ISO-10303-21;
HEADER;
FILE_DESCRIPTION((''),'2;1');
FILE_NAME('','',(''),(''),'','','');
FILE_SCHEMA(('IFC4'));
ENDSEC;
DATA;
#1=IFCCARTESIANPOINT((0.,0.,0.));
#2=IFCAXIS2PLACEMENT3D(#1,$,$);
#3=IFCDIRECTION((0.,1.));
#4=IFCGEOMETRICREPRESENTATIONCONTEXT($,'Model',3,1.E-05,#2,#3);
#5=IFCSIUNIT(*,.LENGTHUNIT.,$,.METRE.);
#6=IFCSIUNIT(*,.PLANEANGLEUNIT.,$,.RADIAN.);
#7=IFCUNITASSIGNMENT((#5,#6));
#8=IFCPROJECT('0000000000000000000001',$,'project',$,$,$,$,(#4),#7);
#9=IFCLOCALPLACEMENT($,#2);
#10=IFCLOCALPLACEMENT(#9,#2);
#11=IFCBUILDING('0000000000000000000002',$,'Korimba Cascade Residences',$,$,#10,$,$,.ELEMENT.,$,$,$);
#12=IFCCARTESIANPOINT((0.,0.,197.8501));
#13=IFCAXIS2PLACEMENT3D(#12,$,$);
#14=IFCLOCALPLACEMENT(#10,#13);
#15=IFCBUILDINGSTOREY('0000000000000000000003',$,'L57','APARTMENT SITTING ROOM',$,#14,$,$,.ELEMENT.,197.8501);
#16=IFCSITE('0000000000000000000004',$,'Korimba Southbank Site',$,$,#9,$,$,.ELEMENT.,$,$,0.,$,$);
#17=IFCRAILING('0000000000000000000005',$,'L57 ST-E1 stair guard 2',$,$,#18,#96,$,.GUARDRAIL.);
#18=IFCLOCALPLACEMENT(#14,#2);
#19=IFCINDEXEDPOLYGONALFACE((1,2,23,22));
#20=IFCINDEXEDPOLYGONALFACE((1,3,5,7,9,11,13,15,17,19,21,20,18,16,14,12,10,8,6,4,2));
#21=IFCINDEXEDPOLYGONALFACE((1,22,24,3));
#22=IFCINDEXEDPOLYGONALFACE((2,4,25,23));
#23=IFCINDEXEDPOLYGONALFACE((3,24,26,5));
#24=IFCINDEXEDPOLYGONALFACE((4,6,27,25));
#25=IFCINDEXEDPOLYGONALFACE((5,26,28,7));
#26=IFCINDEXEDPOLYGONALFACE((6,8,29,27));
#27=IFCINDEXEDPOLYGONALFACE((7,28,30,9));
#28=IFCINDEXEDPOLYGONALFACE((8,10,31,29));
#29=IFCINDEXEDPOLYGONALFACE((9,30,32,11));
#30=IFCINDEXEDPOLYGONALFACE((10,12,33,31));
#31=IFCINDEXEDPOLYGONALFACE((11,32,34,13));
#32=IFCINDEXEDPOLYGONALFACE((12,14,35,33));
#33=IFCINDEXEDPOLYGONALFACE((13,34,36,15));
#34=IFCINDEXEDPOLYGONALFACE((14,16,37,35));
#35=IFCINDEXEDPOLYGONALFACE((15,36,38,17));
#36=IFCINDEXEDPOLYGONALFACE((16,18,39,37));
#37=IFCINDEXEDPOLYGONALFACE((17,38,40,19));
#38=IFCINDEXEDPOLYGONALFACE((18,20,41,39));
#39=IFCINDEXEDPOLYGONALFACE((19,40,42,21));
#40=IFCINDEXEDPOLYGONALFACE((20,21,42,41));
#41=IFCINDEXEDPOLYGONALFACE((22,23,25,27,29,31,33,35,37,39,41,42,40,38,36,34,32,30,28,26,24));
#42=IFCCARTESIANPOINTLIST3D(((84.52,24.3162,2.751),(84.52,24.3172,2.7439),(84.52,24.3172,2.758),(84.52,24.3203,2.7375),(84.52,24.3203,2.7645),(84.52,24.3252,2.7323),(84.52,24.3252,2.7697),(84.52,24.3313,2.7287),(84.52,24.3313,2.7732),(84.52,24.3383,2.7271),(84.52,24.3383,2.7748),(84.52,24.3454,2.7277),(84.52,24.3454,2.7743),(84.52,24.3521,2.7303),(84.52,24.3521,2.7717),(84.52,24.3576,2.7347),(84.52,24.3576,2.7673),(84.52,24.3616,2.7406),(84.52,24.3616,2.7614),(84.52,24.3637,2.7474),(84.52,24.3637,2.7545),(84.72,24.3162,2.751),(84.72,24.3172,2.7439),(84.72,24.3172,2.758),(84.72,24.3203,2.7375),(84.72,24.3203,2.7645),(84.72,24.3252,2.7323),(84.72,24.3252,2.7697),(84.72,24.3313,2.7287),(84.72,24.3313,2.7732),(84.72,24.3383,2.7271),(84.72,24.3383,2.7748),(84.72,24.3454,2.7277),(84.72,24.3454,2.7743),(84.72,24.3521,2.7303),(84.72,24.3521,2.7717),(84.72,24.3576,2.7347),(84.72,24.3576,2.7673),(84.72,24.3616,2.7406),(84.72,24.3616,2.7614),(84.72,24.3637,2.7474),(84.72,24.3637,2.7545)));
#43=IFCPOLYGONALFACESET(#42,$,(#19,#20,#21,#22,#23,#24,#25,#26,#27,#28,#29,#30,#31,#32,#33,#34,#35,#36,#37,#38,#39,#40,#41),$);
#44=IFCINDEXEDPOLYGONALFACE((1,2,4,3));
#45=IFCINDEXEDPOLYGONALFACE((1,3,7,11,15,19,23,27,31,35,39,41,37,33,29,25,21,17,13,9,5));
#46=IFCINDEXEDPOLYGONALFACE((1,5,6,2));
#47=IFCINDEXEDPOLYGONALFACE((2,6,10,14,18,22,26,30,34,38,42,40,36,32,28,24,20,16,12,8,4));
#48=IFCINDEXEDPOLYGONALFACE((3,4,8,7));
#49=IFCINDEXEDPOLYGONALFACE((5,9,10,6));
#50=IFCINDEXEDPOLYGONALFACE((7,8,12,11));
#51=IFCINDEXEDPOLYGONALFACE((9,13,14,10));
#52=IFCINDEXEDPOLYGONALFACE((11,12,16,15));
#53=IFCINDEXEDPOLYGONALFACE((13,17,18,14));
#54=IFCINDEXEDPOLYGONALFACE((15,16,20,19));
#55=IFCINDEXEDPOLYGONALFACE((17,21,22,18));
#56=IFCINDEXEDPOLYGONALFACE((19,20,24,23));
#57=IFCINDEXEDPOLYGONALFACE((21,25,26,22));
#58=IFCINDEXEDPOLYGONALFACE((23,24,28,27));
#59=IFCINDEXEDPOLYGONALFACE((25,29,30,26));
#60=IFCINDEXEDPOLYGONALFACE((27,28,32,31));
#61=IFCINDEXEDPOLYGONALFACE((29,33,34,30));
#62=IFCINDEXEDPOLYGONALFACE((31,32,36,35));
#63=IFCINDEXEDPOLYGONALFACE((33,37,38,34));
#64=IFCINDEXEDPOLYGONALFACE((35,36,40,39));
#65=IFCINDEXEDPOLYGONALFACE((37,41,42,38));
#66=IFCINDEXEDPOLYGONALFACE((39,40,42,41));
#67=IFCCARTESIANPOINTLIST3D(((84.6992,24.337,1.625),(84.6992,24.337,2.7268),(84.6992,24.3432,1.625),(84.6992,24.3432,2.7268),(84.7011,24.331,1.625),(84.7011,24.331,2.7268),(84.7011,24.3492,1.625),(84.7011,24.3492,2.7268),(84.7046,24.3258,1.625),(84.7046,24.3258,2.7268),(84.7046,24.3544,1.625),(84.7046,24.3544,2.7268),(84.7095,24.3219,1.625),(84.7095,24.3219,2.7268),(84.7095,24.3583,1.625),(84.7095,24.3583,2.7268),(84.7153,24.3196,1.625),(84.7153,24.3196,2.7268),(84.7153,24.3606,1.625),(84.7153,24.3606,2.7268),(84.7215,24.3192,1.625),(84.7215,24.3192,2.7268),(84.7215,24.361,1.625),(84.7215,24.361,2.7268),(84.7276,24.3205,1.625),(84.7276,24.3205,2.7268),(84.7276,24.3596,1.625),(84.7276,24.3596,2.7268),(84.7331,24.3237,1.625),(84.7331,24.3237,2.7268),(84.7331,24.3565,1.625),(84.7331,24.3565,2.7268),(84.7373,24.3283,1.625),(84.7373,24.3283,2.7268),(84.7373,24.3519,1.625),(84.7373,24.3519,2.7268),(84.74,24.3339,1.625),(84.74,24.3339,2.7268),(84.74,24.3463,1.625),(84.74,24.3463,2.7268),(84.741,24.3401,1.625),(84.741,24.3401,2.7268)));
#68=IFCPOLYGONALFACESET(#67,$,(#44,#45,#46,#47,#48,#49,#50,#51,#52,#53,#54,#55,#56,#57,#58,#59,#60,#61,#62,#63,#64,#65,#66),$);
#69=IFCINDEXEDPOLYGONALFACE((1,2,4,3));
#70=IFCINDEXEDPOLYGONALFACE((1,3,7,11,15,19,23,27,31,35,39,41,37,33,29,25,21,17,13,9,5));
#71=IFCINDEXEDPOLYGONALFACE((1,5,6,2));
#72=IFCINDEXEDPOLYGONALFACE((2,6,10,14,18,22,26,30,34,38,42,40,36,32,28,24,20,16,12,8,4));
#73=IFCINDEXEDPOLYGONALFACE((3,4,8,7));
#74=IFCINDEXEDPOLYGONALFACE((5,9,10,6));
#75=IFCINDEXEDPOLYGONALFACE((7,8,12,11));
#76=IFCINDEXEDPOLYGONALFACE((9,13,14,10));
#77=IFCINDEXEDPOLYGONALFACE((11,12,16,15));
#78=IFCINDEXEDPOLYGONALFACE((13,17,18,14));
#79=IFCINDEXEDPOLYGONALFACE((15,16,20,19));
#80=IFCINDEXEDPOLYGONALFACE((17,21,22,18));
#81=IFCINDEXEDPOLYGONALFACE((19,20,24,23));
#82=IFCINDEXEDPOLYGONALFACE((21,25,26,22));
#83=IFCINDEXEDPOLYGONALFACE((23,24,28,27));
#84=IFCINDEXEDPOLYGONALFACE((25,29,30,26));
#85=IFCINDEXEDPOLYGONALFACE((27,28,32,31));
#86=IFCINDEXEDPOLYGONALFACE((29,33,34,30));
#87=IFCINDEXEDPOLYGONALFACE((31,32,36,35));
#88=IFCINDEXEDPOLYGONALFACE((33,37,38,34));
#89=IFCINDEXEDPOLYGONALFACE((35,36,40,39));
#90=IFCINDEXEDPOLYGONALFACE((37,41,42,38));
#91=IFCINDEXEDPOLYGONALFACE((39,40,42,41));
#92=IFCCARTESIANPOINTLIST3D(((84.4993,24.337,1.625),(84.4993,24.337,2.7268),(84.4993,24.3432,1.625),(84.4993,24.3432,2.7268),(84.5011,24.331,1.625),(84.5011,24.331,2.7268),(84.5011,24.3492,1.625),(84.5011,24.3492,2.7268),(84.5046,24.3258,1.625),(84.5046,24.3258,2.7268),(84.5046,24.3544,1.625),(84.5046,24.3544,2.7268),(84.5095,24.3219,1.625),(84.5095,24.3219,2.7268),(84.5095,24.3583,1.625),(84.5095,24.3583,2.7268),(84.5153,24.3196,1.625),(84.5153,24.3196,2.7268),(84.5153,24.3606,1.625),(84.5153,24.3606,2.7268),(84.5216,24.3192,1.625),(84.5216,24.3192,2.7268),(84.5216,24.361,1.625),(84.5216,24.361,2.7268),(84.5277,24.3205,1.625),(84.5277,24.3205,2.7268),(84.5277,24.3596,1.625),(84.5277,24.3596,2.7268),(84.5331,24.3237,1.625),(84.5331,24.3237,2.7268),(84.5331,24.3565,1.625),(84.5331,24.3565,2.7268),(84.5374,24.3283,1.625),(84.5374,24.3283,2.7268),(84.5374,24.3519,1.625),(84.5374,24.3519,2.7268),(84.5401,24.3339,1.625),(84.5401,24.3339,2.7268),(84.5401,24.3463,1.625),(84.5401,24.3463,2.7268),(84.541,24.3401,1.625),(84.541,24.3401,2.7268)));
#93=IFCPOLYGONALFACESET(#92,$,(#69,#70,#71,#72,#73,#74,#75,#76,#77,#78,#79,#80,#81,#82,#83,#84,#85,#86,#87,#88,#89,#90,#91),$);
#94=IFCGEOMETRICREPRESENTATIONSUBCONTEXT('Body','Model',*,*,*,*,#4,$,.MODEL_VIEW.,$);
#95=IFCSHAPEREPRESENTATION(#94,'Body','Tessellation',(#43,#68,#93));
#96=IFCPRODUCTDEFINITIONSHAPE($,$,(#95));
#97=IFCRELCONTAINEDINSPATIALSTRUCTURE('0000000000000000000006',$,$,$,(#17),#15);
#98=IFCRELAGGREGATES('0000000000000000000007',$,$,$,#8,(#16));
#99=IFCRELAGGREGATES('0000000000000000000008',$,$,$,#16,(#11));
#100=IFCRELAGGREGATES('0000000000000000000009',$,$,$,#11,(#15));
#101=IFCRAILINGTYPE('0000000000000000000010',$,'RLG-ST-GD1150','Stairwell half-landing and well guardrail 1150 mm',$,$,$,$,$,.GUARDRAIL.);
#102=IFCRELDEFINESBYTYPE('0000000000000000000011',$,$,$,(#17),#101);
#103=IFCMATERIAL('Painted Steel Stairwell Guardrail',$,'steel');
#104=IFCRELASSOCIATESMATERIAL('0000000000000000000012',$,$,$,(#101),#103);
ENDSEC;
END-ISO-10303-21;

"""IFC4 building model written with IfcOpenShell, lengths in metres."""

from ifc_helpers import new_model, si_unit, direction, frame, origin, origin_2d, place, context, subcontext, project, spatial, circle, extrude, material, type_object, element, save


model = new_model("IFC4")

# Units and contexts
model_context = context("Model", 3, precision=1e-05, world=origin(), true_north=direction((0.0, 1.0)))
body_context = subcontext(model_context, "Body", "Model", "MODEL_VIEW")
ifc_project = project(units=[si_unit("LENGTHUNIT", "METRE"), si_unit("PLANEANGLEUNIT", "RADIAN")], contexts=[model_context])

# Site, building, storey
site_placement = place(None, origin())
site = spatial("IfcSite", under=ifc_project, at=site_placement, Name="Korimba Southbank Site", CompositionType="ELEMENT", RefElevation=0.0)
building_placement = place(site_placement, origin())
building = spatial("IfcBuilding", under=site, at=building_placement, Name="Korimba Cascade Residences", CompositionType="ELEMENT")
storey_placement = place(building_placement, frame((0.0, 0.0, 197.8501)))
storey = spatial("IfcBuildingStorey", under=building, at=storey_placement, Name="L57", Description="APARTMENT SITTING ROOM", CompositionType="ELEMENT", Elevation=197.8501)

# Railing
ifc_material_1 = material(Name="Painted Steel Stairwell Guardrail", Category="steel")
railing_type_1 = type_object("IfcRailingType", Name="RLG-ST-GD1150", Description="Stairwell half-landing and well guardrail 1150 mm", PredefinedType="GUARDRAIL", material=ifc_material_1)
railing_1_placement = place(storey_placement, frame((84.72, 24.3401, 1.625)))
element("IfcRailing", 1, at=railing_1_placement, inside=storey, type_object=railing_type_1, Name="L57 ST-E1 stair guard 2", PredefinedType="GUARDRAIL", context=body_context, shape_type="SweptSolid", body=[
    extrude(circle(Radius=0.0239, at=origin_2d()), frame((0.0, 0.0, 1.126), z_axis=(-1.0, 0.0, 0.0), x_axis=(0.0, -1.0, 0.0)), (0.0, 0.0, 1.0), 0.2),
    extrude(circle(Radius=0.021, at=origin_2d()), origin(), (0.0, 0.0, 1.0), 1.1018),
    extrude(circle(Radius=0.021, at=origin_2d()), frame((-0.2, 0.0, 0.0)), (0.0, 0.0, 1.0), 1.1018),
])

save(model, "model.ifc")
